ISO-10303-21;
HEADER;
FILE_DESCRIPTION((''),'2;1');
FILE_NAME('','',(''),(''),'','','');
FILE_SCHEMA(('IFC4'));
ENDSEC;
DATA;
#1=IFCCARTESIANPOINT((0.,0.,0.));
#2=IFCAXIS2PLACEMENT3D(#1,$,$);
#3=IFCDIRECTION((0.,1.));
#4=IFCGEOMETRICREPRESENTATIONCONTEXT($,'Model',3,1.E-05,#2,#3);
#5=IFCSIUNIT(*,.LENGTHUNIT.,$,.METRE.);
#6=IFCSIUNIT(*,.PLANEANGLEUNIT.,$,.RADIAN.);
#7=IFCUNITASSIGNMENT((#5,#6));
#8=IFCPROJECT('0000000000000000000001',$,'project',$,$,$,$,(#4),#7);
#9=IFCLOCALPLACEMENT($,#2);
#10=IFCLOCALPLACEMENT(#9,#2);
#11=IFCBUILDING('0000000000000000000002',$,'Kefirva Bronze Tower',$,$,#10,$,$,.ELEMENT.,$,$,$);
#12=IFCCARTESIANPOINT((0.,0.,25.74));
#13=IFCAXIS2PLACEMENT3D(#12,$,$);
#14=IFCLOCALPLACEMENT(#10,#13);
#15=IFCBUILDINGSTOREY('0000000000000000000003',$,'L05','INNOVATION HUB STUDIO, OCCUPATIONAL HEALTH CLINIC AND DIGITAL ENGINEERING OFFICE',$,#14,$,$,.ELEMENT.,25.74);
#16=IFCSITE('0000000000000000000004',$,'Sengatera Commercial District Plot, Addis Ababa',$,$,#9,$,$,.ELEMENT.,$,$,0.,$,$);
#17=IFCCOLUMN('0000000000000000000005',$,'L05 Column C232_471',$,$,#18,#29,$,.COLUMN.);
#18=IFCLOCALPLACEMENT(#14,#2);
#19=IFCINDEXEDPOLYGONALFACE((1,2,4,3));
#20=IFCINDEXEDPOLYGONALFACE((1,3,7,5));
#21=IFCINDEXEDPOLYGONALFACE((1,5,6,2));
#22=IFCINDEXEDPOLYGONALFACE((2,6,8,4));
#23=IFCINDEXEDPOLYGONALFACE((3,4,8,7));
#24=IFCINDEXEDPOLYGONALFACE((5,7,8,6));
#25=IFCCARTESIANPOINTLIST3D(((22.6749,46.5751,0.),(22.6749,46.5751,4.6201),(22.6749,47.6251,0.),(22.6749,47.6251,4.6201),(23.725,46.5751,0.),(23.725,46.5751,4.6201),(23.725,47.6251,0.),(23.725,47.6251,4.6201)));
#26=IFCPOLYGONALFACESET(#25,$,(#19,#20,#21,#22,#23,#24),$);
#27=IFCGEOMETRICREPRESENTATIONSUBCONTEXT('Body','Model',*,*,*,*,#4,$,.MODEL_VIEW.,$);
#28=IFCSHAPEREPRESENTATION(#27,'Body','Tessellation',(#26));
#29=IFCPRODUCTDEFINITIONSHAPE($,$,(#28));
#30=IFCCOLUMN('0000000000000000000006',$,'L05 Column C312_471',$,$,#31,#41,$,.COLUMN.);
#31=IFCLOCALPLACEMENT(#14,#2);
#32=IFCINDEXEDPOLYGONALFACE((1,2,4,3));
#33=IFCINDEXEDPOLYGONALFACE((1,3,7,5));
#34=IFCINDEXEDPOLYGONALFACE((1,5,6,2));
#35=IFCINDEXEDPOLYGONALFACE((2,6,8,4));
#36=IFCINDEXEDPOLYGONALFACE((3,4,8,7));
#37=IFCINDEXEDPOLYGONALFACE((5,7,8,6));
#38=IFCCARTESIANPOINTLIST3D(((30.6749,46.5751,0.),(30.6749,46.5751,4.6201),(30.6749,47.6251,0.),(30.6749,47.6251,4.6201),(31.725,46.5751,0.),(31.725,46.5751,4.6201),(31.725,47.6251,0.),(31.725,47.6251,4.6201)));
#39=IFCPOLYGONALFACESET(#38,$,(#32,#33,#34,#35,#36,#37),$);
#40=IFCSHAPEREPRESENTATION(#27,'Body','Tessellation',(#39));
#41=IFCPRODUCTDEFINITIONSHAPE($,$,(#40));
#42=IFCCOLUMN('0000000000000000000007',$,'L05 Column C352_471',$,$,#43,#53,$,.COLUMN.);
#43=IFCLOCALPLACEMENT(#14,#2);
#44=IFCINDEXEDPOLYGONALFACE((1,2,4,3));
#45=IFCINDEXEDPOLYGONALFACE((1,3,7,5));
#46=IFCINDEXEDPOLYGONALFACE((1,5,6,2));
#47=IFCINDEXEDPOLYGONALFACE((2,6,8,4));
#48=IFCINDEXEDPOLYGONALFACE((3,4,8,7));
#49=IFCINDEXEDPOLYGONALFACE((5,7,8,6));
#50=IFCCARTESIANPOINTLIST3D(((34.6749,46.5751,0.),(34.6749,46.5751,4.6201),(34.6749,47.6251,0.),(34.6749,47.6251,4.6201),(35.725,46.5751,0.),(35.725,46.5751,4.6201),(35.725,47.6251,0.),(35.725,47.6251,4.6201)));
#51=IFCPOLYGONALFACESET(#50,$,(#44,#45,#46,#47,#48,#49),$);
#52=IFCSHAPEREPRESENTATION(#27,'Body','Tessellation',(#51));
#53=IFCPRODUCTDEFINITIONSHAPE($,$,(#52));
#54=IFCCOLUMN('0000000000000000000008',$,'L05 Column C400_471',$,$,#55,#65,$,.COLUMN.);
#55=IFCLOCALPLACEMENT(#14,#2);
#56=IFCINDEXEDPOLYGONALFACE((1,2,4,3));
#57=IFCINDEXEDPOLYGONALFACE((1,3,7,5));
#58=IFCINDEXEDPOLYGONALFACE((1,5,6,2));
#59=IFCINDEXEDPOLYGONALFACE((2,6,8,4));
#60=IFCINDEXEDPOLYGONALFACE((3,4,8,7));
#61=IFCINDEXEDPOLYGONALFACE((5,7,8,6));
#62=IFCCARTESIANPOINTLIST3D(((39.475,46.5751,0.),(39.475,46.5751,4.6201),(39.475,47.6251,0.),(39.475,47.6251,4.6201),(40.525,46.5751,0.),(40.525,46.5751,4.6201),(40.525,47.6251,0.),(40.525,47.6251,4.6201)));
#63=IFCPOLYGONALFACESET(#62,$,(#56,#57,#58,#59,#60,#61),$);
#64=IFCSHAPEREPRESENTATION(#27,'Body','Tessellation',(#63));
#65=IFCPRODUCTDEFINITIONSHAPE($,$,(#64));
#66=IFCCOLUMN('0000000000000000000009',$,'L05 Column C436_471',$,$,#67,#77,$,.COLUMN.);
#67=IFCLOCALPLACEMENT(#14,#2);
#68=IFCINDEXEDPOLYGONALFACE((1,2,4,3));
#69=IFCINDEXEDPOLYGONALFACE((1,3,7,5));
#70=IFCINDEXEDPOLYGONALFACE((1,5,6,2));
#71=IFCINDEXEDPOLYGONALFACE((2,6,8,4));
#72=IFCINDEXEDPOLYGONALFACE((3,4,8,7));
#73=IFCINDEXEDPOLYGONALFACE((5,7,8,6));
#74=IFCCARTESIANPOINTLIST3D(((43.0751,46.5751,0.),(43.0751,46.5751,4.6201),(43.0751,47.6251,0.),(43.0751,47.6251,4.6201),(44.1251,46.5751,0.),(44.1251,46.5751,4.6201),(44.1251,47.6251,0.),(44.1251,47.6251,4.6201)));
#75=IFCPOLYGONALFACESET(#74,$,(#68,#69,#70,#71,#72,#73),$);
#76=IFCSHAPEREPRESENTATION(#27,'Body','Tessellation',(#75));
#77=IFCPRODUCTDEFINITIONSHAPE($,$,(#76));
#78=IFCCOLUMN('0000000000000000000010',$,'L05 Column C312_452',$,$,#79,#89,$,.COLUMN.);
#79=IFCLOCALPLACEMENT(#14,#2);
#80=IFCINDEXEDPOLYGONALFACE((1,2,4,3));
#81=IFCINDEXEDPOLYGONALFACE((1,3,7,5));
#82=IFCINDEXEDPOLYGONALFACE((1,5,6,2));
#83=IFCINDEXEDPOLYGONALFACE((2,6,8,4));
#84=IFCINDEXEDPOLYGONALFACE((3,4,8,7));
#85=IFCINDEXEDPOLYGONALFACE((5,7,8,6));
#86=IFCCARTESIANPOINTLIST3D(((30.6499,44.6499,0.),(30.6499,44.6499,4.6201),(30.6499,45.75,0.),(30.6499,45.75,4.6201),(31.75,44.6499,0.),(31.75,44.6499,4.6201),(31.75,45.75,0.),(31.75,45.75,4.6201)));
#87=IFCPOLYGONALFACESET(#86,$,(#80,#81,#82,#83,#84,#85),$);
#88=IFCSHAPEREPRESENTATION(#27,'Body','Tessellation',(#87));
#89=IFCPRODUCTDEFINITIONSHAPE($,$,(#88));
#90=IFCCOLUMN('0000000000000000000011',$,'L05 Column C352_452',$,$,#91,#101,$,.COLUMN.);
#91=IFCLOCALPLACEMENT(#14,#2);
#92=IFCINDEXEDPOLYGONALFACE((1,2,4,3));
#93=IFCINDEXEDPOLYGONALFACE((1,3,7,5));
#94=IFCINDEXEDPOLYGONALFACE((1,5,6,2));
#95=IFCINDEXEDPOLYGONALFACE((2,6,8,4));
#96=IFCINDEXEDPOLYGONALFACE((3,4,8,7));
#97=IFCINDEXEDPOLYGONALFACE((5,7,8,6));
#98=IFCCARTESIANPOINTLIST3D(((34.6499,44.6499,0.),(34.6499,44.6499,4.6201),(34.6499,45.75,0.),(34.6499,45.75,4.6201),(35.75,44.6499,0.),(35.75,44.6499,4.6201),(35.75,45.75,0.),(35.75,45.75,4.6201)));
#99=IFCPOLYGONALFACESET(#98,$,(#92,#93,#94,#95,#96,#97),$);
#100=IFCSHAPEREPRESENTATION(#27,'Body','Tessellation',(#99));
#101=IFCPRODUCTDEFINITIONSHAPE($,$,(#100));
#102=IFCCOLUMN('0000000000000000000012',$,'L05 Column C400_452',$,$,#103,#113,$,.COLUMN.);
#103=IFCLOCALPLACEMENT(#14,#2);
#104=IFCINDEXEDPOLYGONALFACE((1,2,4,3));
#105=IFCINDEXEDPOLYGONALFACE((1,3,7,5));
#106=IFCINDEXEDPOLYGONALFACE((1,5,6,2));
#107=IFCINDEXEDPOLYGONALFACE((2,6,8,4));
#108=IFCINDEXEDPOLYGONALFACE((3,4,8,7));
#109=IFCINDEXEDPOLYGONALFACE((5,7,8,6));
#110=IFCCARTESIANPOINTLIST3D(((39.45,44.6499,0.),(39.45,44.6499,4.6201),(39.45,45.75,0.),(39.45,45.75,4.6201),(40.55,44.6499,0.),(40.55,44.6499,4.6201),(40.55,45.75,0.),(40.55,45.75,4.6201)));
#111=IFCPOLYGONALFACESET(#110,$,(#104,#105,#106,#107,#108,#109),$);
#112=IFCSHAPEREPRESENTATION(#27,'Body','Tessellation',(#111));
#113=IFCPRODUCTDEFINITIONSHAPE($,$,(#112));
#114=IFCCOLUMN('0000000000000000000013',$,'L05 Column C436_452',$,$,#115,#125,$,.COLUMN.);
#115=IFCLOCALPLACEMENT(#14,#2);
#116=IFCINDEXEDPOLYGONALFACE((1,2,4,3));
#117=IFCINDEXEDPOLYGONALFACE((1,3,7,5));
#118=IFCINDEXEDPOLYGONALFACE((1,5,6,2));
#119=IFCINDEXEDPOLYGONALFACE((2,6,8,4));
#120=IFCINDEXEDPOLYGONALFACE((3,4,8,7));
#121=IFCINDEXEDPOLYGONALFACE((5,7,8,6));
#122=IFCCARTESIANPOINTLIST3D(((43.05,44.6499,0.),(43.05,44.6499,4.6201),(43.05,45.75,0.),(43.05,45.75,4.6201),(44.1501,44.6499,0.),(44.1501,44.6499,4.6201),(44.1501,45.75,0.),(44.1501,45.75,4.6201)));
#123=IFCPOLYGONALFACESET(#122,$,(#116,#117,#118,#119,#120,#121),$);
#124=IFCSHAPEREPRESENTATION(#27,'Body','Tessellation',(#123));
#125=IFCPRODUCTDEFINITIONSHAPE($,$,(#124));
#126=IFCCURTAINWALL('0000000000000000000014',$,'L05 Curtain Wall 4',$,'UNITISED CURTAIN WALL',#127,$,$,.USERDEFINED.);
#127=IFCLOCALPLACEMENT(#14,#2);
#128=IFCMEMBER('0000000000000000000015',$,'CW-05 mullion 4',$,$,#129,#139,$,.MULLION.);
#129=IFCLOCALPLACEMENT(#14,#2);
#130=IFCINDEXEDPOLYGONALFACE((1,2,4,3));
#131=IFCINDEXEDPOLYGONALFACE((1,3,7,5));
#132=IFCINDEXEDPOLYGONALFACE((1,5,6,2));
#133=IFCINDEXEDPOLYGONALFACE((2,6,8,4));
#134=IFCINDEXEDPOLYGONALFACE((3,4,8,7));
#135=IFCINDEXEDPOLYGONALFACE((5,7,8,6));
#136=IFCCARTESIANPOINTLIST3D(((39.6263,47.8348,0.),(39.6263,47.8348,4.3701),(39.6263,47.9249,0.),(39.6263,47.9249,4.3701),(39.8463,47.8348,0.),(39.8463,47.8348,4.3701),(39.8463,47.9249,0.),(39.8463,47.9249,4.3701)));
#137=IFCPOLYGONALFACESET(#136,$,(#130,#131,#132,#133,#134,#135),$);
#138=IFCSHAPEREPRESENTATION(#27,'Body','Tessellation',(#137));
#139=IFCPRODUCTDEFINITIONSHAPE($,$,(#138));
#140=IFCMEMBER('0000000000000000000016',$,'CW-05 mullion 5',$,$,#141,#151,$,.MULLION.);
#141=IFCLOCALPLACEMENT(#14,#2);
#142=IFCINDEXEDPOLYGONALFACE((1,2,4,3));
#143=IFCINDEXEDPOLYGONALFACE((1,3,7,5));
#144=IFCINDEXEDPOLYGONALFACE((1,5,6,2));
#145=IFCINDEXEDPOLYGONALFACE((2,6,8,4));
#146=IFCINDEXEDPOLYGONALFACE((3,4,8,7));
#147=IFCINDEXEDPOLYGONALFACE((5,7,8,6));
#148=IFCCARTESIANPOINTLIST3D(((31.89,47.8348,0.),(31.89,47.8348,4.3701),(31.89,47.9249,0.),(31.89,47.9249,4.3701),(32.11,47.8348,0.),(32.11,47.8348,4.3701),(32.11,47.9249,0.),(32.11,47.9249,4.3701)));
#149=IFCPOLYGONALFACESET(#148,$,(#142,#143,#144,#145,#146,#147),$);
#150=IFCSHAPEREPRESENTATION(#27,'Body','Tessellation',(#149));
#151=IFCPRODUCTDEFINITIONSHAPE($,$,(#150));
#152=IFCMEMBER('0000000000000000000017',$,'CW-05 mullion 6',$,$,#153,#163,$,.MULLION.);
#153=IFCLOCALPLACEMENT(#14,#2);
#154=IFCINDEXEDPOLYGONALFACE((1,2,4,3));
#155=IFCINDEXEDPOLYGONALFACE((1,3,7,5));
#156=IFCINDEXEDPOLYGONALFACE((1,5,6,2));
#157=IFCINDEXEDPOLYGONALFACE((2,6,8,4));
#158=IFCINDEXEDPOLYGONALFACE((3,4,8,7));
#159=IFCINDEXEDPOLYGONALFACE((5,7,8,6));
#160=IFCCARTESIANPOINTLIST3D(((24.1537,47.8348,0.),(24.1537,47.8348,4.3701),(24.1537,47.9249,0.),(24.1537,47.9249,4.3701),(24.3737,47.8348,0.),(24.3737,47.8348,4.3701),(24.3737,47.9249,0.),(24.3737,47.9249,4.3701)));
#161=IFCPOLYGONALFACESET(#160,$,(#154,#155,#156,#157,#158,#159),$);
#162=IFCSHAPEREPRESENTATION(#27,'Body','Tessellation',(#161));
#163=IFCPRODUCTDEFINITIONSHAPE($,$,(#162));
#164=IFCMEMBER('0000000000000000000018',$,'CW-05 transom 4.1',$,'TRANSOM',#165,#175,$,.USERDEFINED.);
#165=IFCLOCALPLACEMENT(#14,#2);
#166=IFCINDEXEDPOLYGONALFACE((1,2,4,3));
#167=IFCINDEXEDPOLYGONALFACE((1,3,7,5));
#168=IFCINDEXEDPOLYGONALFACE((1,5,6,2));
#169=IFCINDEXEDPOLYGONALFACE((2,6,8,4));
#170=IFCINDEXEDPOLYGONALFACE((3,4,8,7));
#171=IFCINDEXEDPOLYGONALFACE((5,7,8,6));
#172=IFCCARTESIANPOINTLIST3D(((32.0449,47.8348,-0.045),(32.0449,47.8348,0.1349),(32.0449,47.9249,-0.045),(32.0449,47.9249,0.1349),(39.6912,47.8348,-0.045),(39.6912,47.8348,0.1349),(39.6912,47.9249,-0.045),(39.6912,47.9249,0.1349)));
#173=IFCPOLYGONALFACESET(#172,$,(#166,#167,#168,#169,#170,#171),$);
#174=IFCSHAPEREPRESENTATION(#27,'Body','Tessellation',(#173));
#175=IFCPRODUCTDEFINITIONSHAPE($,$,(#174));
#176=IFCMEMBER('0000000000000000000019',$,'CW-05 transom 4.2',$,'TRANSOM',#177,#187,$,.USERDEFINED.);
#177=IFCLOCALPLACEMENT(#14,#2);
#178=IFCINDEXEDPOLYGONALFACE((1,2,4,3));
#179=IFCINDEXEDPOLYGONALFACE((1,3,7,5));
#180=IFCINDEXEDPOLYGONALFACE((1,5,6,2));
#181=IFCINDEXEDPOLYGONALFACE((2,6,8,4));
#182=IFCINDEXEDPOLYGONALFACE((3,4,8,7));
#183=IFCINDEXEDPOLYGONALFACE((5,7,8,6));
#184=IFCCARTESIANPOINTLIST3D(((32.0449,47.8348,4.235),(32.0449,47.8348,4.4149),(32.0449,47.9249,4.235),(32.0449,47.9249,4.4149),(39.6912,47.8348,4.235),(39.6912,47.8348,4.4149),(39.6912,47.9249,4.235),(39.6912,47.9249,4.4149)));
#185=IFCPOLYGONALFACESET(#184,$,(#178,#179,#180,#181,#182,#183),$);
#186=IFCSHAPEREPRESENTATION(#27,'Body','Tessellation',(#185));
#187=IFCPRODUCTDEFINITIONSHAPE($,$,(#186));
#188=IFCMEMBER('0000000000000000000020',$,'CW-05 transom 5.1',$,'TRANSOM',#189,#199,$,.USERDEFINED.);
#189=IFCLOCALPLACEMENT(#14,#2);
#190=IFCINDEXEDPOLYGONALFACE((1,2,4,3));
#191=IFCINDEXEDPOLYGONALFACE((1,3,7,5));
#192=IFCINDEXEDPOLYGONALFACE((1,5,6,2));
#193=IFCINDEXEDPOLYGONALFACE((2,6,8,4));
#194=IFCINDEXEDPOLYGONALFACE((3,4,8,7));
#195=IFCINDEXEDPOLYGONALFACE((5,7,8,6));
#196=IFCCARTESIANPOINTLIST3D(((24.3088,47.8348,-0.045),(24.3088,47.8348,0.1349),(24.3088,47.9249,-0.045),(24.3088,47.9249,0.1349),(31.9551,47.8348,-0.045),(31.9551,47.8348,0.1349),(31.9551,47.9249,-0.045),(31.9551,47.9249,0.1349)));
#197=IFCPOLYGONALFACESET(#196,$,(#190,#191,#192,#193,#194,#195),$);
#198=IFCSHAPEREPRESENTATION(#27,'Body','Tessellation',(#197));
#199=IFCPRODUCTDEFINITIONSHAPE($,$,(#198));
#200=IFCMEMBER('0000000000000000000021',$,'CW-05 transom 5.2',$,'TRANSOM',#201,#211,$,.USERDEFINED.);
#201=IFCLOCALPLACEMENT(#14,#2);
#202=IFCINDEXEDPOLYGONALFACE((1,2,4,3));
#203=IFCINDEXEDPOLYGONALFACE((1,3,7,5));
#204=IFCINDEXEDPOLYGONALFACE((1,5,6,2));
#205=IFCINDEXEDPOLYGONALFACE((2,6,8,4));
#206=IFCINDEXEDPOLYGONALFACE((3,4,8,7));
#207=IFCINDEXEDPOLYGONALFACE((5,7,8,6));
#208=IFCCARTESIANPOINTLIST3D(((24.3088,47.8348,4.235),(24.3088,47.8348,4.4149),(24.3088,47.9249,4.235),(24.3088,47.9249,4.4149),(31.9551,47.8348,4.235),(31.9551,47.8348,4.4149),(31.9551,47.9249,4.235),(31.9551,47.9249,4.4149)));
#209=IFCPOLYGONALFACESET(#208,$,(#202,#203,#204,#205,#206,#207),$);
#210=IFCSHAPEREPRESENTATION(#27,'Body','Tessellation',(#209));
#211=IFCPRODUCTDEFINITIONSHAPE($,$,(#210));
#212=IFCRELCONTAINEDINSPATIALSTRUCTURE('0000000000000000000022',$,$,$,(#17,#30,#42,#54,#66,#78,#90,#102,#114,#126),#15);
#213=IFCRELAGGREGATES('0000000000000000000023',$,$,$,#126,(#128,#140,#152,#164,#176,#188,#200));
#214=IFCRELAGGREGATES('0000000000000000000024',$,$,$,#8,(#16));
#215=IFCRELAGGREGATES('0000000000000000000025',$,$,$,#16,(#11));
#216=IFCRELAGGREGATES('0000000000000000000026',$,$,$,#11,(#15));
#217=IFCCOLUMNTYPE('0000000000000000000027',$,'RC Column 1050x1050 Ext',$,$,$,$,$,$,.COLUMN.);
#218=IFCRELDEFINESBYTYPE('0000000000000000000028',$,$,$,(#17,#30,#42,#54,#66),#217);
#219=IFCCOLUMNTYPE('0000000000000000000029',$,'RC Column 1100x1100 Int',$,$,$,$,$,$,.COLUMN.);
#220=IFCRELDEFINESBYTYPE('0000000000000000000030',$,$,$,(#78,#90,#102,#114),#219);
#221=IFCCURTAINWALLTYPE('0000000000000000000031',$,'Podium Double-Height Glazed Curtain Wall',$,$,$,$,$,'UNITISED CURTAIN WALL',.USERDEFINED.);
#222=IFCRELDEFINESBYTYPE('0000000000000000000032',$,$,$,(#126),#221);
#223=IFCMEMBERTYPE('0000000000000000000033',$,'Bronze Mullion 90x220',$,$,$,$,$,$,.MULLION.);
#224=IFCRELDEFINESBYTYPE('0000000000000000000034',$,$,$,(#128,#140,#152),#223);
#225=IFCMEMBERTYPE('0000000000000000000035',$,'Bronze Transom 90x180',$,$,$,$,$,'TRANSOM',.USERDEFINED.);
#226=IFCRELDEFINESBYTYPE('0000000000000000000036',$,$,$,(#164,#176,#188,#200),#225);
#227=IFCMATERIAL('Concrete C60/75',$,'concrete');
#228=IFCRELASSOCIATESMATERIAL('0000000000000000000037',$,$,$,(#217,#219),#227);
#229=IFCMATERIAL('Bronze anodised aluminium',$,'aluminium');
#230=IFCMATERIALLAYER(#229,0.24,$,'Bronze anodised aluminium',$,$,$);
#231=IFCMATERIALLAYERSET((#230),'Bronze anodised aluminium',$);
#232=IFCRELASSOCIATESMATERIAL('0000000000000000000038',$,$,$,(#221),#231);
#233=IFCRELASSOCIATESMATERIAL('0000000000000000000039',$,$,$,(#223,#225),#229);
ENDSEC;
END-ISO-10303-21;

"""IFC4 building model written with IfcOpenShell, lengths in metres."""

from ifc_helpers import new_model, si_unit, direction, frame, origin, origin_2d, place, context, subcontext, project, spatial, rectangle, extrude, material, layer, layer_set, material_profile, profile_set, type_object, element, aggregate, save


model = new_model("IFC4")

# Units and contexts
model_context = context("Model", 3, precision=1e-05, world=origin(), true_north=direction((0.0, 1.0)))
body_context = subcontext(model_context, "Body", "Model", "MODEL_VIEW")
ifc_project = project(units=[si_unit("LENGTHUNIT", "METRE"), si_unit("PLANEANGLEUNIT", "RADIAN")], contexts=[model_context])

# Site, building, storey
site_placement = place(None, origin())
site = spatial("IfcSite", under=ifc_project, at=site_placement, Name="Sengatera Commercial District Plot, Addis Ababa", CompositionType="ELEMENT", RefElevation=0.0)
building_placement = place(site_placement, origin())
building = spatial("IfcBuilding", under=site, at=building_placement, Name="Kefirva Bronze Tower", CompositionType="ELEMENT")
storey_placement = place(building_placement, frame((0.0, 0.0, 25.74)))
storey = spatial("IfcBuildingStorey", under=building, at=storey_placement, Name="L05", Description="INNOVATION HUB STUDIO, OCCUPATIONAL HEALTH CLINIC AND DIGITAL ENGINEERING OFFICE", CompositionType="ELEMENT", Elevation=25.74)

# Columns
ifc_material_1 = material(Name="Concrete C60/75", Category="concrete")
ifc_material_profile_1 = material_profile(ifc_material_1, rectangle(XDim=1.05, YDim=1.05, at=origin_2d()), Name="RC 1050x1050")
ifc_profile_set_1 = profile_set([ifc_material_profile_1], Name="Concrete C60/75")
column_type_1 = type_object("IfcColumnType", Name="RC Column 1050x1050 Ext", PredefinedType="COLUMN", material=ifc_profile_set_1)
for number, where, z_axis, x_axis, name in (
    (1, (23.2, 47.1001, 0.0), (0.0, 0.0, 1.0), (1.0, 0.0, 0.0), "L05 Column C232_471"),
    (2, (31.2, 47.1001, 0.0), (0.0, 0.0, 1.0), (1.0, 0.0, 0.0), "L05 Column C312_471"),
    (3, (35.2, 47.1001, 0.0), (0.0, 0.0, 1.0), (1.0, 0.0, 0.0), "L05 Column C352_471"),
    (4, (40.0, 47.1001, 0.0), (0.0, 0.0, 1.0), (1.0, 0.0, 0.0), "L05 Column C400_471"),
    (5, (43.6001, 47.1001, 0.0), (0.0, 0.0, 1.0), (1.0, 0.0, 0.0), "L05 Column C436_471"),
):
    element("IfcColumn", number, at=place(storey_placement, frame(where, z_axis=z_axis, x_axis=x_axis)), inside=storey, type_object=column_type_1, Name=name, PredefinedType="COLUMN", context=body_context, shape_type="SweptSolid", body=[
        extrude(rectangle(XDim=1.05, YDim=1.05, at=origin_2d()), origin(), (0.0, 0.0, 1.0), 4.6201),
    ])
ifc_material_profile_2 = material_profile(ifc_material_1, rectangle(XDim=1.1001, YDim=1.1001, at=origin_2d()), Name="RC 1100x1100")
ifc_profile_set_2 = profile_set([ifc_material_profile_2], Name="Concrete C60/75")
column_type_2 = type_object("IfcColumnType", Name="RC Column 1100x1100 Int", PredefinedType="COLUMN", material=ifc_profile_set_2)
for number, where, z_axis, x_axis, name in (
    (6, (31.2, 45.2, 0.0), (0.0, 0.0, 1.0), (1.0, 0.0, 0.0), "L05 Column C312_452"),
    (7, (35.2, 45.2, 0.0), (0.0, 0.0, 1.0), (1.0, 0.0, 0.0), "L05 Column C352_452"),
    (8, (40.0, 45.2, 0.0), (0.0, 0.0, 1.0), (1.0, 0.0, 0.0), "L05 Column C400_452"),
    (9, (43.6001, 45.2, 0.0), (0.0, 0.0, 1.0), (1.0, 0.0, 0.0), "L05 Column C436_452"),
):
    element("IfcColumn", number, at=place(storey_placement, frame(where, z_axis=z_axis, x_axis=x_axis)), inside=storey, type_object=column_type_2, Name=name, PredefinedType="COLUMN", context=body_context, shape_type="SweptSolid", body=[
        extrude(rectangle(XDim=1.1001, YDim=1.1001, at=origin_2d()), origin(), (0.0, 0.0, 1.0), 4.6201),
    ])

# Curtain wall, members
ifc_material_2 = material(Name="Bronze anodised aluminium", Category="aluminium")
ifc_layer_1 = layer(ifc_material_2, 0.24, Name="Bronze anodised aluminium")
ifc_layer_set_1 = layer_set([ifc_layer_1], Name="Bronze anodised aluminium")
curtain_wall_type = type_object("IfcCurtainWallType", Name="Podium Double-Height Glazed Curtain Wall", ElementType="UNITISED CURTAIN WALL", PredefinedType="USERDEFINED", material=ifc_layer_set_1)
curtain_wall_placement = place(storey_placement, origin())
curtain_wall = element("IfcCurtainWall", 10, at=curtain_wall_placement, inside=storey, type_object=curtain_wall_type, Name="L05 Curtain Wall 4", ObjectType="UNITISED CURTAIN WALL", PredefinedType="USERDEFINED")
ifc_material_profile_3 = material_profile(ifc_material_2, rectangle(XDim=0.0901, YDim=0.22, at=origin_2d()), Name="ALU 90x220")
ifc_profile_set_3 = profile_set([ifc_material_profile_3], Name="Bronze anodised aluminium")
member_type_1 = type_object("IfcMemberType", Name="Bronze Mullion 90x220", PredefinedType="MULLION", material=ifc_profile_set_3)
member_1_placement = place(storey_placement, frame((39.7363, 47.8799, 0.0), z_axis=(0.0, 0.0, 1.0), x_axis=(0.0, -1.0, 0.0)))
member_1 = element("IfcMember", 11, at=member_1_placement, type_object=member_type_1, Name="CW-05 mullion 4", PredefinedType="MULLION", context=body_context, shape_type="SweptSolid", body=[
    extrude(rectangle(XDim=0.0901, YDim=0.22, at=origin_2d()), origin(), (0.0, 0.0, 1.0), 4.3701),
])
member_2_placement = place(storey_placement, frame((32.0, 47.8799, 0.0), z_axis=(0.0, 0.0, 1.0), x_axis=(0.0, -1.0, 0.0)))
member_2 = element("IfcMember", 12, at=member_2_placement, type_object=member_type_1, Name="CW-05 mullion 5", PredefinedType="MULLION", context=body_context, shape_type="SweptSolid", body=[
    extrude(rectangle(XDim=0.0901, YDim=0.22, at=origin_2d()), origin(), (0.0, 0.0, 1.0), 4.3701),
])
member_3_placement = place(storey_placement, frame((24.2637, 47.8799, 0.0), z_axis=(0.0, 0.0, 1.0), x_axis=(0.0, -1.0, 0.0)))
member_3 = element("IfcMember", 13, at=member_3_placement, type_object=member_type_1, Name="CW-05 mullion 6", PredefinedType="MULLION", context=body_context, shape_type="SweptSolid", body=[
    extrude(rectangle(XDim=0.0901, YDim=0.22, at=origin_2d()), origin(), (0.0, 0.0, 1.0), 4.3701),
])
ifc_material_profile_4 = material_profile(ifc_material_2, rectangle(XDim=0.0901, YDim=0.1799, at=origin_2d()), Name="ALU 90x180")
ifc_profile_set_4 = profile_set([ifc_material_profile_4], Name="Bronze anodised aluminium")
member_type_2 = type_object("IfcMemberType", Name="Bronze Transom 90x180", ElementType="TRANSOM", PredefinedType="USERDEFINED", material=ifc_profile_set_4)
member_4_placement = place(storey_placement, frame((39.6912, 47.8799, 0.0449), z_axis=(-1.0, 0.0, 0.0), x_axis=(0.0, -1.0, 0.0)))
member_4 = element("IfcMember", 14, at=member_4_placement, type_object=member_type_2, Name="CW-05 transom 4.1", ObjectType="TRANSOM", PredefinedType="USERDEFINED", context=body_context, shape_type="SweptSolid", body=[
    extrude(rectangle(XDim=0.0901, YDim=0.1799, at=origin_2d()), origin(), (0.0, 0.0, 1.0), 7.6462),
])
member_5_placement = place(storey_placement, frame((39.6912, 47.8799, 4.325), z_axis=(-1.0, 0.0, 0.0), x_axis=(0.0, -1.0, 0.0)))
member_5 = element("IfcMember", 15, at=member_5_placement, type_object=member_type_2, Name="CW-05 transom 4.2", ObjectType="TRANSOM", PredefinedType="USERDEFINED", context=body_context, shape_type="SweptSolid", body=[
    extrude(rectangle(XDim=0.0901, YDim=0.1799, at=origin_2d()), origin(), (0.0, 0.0, 1.0), 7.6462),
])
member_6_placement = place(storey_placement, frame((31.9551, 47.8799, 0.0449), z_axis=(-1.0, 0.0, 0.0), x_axis=(0.0, -1.0, 0.0)))
member_6 = element("IfcMember", 16, at=member_6_placement, type_object=member_type_2, Name="CW-05 transom 5.1", ObjectType="TRANSOM", PredefinedType="USERDEFINED", context=body_context, shape_type="SweptSolid", body=[
    extrude(rectangle(XDim=0.0901, YDim=0.1799, at=origin_2d()), origin(), (0.0, 0.0, 1.0), 7.6462),
])
member_7_placement = place(storey_placement, frame((31.9551, 47.8799, 4.325), z_axis=(-1.0, 0.0, 0.0), x_axis=(0.0, -1.0, 0.0)))
member_7 = element("IfcMember", 17, at=member_7_placement, type_object=member_type_2, Name="CW-05 transom 5.2", ObjectType="TRANSOM", PredefinedType="USERDEFINED", context=body_context, shape_type="SweptSolid", body=[
    extrude(rectangle(XDim=0.0901, YDim=0.1799, at=origin_2d()), origin(), (0.0, 0.0, 1.0), 7.6462),
])

aggregate(curtain_wall, [member_1, member_2, member_3, member_4, member_5, member_6, member_7])

save(model, "model.ifc")
